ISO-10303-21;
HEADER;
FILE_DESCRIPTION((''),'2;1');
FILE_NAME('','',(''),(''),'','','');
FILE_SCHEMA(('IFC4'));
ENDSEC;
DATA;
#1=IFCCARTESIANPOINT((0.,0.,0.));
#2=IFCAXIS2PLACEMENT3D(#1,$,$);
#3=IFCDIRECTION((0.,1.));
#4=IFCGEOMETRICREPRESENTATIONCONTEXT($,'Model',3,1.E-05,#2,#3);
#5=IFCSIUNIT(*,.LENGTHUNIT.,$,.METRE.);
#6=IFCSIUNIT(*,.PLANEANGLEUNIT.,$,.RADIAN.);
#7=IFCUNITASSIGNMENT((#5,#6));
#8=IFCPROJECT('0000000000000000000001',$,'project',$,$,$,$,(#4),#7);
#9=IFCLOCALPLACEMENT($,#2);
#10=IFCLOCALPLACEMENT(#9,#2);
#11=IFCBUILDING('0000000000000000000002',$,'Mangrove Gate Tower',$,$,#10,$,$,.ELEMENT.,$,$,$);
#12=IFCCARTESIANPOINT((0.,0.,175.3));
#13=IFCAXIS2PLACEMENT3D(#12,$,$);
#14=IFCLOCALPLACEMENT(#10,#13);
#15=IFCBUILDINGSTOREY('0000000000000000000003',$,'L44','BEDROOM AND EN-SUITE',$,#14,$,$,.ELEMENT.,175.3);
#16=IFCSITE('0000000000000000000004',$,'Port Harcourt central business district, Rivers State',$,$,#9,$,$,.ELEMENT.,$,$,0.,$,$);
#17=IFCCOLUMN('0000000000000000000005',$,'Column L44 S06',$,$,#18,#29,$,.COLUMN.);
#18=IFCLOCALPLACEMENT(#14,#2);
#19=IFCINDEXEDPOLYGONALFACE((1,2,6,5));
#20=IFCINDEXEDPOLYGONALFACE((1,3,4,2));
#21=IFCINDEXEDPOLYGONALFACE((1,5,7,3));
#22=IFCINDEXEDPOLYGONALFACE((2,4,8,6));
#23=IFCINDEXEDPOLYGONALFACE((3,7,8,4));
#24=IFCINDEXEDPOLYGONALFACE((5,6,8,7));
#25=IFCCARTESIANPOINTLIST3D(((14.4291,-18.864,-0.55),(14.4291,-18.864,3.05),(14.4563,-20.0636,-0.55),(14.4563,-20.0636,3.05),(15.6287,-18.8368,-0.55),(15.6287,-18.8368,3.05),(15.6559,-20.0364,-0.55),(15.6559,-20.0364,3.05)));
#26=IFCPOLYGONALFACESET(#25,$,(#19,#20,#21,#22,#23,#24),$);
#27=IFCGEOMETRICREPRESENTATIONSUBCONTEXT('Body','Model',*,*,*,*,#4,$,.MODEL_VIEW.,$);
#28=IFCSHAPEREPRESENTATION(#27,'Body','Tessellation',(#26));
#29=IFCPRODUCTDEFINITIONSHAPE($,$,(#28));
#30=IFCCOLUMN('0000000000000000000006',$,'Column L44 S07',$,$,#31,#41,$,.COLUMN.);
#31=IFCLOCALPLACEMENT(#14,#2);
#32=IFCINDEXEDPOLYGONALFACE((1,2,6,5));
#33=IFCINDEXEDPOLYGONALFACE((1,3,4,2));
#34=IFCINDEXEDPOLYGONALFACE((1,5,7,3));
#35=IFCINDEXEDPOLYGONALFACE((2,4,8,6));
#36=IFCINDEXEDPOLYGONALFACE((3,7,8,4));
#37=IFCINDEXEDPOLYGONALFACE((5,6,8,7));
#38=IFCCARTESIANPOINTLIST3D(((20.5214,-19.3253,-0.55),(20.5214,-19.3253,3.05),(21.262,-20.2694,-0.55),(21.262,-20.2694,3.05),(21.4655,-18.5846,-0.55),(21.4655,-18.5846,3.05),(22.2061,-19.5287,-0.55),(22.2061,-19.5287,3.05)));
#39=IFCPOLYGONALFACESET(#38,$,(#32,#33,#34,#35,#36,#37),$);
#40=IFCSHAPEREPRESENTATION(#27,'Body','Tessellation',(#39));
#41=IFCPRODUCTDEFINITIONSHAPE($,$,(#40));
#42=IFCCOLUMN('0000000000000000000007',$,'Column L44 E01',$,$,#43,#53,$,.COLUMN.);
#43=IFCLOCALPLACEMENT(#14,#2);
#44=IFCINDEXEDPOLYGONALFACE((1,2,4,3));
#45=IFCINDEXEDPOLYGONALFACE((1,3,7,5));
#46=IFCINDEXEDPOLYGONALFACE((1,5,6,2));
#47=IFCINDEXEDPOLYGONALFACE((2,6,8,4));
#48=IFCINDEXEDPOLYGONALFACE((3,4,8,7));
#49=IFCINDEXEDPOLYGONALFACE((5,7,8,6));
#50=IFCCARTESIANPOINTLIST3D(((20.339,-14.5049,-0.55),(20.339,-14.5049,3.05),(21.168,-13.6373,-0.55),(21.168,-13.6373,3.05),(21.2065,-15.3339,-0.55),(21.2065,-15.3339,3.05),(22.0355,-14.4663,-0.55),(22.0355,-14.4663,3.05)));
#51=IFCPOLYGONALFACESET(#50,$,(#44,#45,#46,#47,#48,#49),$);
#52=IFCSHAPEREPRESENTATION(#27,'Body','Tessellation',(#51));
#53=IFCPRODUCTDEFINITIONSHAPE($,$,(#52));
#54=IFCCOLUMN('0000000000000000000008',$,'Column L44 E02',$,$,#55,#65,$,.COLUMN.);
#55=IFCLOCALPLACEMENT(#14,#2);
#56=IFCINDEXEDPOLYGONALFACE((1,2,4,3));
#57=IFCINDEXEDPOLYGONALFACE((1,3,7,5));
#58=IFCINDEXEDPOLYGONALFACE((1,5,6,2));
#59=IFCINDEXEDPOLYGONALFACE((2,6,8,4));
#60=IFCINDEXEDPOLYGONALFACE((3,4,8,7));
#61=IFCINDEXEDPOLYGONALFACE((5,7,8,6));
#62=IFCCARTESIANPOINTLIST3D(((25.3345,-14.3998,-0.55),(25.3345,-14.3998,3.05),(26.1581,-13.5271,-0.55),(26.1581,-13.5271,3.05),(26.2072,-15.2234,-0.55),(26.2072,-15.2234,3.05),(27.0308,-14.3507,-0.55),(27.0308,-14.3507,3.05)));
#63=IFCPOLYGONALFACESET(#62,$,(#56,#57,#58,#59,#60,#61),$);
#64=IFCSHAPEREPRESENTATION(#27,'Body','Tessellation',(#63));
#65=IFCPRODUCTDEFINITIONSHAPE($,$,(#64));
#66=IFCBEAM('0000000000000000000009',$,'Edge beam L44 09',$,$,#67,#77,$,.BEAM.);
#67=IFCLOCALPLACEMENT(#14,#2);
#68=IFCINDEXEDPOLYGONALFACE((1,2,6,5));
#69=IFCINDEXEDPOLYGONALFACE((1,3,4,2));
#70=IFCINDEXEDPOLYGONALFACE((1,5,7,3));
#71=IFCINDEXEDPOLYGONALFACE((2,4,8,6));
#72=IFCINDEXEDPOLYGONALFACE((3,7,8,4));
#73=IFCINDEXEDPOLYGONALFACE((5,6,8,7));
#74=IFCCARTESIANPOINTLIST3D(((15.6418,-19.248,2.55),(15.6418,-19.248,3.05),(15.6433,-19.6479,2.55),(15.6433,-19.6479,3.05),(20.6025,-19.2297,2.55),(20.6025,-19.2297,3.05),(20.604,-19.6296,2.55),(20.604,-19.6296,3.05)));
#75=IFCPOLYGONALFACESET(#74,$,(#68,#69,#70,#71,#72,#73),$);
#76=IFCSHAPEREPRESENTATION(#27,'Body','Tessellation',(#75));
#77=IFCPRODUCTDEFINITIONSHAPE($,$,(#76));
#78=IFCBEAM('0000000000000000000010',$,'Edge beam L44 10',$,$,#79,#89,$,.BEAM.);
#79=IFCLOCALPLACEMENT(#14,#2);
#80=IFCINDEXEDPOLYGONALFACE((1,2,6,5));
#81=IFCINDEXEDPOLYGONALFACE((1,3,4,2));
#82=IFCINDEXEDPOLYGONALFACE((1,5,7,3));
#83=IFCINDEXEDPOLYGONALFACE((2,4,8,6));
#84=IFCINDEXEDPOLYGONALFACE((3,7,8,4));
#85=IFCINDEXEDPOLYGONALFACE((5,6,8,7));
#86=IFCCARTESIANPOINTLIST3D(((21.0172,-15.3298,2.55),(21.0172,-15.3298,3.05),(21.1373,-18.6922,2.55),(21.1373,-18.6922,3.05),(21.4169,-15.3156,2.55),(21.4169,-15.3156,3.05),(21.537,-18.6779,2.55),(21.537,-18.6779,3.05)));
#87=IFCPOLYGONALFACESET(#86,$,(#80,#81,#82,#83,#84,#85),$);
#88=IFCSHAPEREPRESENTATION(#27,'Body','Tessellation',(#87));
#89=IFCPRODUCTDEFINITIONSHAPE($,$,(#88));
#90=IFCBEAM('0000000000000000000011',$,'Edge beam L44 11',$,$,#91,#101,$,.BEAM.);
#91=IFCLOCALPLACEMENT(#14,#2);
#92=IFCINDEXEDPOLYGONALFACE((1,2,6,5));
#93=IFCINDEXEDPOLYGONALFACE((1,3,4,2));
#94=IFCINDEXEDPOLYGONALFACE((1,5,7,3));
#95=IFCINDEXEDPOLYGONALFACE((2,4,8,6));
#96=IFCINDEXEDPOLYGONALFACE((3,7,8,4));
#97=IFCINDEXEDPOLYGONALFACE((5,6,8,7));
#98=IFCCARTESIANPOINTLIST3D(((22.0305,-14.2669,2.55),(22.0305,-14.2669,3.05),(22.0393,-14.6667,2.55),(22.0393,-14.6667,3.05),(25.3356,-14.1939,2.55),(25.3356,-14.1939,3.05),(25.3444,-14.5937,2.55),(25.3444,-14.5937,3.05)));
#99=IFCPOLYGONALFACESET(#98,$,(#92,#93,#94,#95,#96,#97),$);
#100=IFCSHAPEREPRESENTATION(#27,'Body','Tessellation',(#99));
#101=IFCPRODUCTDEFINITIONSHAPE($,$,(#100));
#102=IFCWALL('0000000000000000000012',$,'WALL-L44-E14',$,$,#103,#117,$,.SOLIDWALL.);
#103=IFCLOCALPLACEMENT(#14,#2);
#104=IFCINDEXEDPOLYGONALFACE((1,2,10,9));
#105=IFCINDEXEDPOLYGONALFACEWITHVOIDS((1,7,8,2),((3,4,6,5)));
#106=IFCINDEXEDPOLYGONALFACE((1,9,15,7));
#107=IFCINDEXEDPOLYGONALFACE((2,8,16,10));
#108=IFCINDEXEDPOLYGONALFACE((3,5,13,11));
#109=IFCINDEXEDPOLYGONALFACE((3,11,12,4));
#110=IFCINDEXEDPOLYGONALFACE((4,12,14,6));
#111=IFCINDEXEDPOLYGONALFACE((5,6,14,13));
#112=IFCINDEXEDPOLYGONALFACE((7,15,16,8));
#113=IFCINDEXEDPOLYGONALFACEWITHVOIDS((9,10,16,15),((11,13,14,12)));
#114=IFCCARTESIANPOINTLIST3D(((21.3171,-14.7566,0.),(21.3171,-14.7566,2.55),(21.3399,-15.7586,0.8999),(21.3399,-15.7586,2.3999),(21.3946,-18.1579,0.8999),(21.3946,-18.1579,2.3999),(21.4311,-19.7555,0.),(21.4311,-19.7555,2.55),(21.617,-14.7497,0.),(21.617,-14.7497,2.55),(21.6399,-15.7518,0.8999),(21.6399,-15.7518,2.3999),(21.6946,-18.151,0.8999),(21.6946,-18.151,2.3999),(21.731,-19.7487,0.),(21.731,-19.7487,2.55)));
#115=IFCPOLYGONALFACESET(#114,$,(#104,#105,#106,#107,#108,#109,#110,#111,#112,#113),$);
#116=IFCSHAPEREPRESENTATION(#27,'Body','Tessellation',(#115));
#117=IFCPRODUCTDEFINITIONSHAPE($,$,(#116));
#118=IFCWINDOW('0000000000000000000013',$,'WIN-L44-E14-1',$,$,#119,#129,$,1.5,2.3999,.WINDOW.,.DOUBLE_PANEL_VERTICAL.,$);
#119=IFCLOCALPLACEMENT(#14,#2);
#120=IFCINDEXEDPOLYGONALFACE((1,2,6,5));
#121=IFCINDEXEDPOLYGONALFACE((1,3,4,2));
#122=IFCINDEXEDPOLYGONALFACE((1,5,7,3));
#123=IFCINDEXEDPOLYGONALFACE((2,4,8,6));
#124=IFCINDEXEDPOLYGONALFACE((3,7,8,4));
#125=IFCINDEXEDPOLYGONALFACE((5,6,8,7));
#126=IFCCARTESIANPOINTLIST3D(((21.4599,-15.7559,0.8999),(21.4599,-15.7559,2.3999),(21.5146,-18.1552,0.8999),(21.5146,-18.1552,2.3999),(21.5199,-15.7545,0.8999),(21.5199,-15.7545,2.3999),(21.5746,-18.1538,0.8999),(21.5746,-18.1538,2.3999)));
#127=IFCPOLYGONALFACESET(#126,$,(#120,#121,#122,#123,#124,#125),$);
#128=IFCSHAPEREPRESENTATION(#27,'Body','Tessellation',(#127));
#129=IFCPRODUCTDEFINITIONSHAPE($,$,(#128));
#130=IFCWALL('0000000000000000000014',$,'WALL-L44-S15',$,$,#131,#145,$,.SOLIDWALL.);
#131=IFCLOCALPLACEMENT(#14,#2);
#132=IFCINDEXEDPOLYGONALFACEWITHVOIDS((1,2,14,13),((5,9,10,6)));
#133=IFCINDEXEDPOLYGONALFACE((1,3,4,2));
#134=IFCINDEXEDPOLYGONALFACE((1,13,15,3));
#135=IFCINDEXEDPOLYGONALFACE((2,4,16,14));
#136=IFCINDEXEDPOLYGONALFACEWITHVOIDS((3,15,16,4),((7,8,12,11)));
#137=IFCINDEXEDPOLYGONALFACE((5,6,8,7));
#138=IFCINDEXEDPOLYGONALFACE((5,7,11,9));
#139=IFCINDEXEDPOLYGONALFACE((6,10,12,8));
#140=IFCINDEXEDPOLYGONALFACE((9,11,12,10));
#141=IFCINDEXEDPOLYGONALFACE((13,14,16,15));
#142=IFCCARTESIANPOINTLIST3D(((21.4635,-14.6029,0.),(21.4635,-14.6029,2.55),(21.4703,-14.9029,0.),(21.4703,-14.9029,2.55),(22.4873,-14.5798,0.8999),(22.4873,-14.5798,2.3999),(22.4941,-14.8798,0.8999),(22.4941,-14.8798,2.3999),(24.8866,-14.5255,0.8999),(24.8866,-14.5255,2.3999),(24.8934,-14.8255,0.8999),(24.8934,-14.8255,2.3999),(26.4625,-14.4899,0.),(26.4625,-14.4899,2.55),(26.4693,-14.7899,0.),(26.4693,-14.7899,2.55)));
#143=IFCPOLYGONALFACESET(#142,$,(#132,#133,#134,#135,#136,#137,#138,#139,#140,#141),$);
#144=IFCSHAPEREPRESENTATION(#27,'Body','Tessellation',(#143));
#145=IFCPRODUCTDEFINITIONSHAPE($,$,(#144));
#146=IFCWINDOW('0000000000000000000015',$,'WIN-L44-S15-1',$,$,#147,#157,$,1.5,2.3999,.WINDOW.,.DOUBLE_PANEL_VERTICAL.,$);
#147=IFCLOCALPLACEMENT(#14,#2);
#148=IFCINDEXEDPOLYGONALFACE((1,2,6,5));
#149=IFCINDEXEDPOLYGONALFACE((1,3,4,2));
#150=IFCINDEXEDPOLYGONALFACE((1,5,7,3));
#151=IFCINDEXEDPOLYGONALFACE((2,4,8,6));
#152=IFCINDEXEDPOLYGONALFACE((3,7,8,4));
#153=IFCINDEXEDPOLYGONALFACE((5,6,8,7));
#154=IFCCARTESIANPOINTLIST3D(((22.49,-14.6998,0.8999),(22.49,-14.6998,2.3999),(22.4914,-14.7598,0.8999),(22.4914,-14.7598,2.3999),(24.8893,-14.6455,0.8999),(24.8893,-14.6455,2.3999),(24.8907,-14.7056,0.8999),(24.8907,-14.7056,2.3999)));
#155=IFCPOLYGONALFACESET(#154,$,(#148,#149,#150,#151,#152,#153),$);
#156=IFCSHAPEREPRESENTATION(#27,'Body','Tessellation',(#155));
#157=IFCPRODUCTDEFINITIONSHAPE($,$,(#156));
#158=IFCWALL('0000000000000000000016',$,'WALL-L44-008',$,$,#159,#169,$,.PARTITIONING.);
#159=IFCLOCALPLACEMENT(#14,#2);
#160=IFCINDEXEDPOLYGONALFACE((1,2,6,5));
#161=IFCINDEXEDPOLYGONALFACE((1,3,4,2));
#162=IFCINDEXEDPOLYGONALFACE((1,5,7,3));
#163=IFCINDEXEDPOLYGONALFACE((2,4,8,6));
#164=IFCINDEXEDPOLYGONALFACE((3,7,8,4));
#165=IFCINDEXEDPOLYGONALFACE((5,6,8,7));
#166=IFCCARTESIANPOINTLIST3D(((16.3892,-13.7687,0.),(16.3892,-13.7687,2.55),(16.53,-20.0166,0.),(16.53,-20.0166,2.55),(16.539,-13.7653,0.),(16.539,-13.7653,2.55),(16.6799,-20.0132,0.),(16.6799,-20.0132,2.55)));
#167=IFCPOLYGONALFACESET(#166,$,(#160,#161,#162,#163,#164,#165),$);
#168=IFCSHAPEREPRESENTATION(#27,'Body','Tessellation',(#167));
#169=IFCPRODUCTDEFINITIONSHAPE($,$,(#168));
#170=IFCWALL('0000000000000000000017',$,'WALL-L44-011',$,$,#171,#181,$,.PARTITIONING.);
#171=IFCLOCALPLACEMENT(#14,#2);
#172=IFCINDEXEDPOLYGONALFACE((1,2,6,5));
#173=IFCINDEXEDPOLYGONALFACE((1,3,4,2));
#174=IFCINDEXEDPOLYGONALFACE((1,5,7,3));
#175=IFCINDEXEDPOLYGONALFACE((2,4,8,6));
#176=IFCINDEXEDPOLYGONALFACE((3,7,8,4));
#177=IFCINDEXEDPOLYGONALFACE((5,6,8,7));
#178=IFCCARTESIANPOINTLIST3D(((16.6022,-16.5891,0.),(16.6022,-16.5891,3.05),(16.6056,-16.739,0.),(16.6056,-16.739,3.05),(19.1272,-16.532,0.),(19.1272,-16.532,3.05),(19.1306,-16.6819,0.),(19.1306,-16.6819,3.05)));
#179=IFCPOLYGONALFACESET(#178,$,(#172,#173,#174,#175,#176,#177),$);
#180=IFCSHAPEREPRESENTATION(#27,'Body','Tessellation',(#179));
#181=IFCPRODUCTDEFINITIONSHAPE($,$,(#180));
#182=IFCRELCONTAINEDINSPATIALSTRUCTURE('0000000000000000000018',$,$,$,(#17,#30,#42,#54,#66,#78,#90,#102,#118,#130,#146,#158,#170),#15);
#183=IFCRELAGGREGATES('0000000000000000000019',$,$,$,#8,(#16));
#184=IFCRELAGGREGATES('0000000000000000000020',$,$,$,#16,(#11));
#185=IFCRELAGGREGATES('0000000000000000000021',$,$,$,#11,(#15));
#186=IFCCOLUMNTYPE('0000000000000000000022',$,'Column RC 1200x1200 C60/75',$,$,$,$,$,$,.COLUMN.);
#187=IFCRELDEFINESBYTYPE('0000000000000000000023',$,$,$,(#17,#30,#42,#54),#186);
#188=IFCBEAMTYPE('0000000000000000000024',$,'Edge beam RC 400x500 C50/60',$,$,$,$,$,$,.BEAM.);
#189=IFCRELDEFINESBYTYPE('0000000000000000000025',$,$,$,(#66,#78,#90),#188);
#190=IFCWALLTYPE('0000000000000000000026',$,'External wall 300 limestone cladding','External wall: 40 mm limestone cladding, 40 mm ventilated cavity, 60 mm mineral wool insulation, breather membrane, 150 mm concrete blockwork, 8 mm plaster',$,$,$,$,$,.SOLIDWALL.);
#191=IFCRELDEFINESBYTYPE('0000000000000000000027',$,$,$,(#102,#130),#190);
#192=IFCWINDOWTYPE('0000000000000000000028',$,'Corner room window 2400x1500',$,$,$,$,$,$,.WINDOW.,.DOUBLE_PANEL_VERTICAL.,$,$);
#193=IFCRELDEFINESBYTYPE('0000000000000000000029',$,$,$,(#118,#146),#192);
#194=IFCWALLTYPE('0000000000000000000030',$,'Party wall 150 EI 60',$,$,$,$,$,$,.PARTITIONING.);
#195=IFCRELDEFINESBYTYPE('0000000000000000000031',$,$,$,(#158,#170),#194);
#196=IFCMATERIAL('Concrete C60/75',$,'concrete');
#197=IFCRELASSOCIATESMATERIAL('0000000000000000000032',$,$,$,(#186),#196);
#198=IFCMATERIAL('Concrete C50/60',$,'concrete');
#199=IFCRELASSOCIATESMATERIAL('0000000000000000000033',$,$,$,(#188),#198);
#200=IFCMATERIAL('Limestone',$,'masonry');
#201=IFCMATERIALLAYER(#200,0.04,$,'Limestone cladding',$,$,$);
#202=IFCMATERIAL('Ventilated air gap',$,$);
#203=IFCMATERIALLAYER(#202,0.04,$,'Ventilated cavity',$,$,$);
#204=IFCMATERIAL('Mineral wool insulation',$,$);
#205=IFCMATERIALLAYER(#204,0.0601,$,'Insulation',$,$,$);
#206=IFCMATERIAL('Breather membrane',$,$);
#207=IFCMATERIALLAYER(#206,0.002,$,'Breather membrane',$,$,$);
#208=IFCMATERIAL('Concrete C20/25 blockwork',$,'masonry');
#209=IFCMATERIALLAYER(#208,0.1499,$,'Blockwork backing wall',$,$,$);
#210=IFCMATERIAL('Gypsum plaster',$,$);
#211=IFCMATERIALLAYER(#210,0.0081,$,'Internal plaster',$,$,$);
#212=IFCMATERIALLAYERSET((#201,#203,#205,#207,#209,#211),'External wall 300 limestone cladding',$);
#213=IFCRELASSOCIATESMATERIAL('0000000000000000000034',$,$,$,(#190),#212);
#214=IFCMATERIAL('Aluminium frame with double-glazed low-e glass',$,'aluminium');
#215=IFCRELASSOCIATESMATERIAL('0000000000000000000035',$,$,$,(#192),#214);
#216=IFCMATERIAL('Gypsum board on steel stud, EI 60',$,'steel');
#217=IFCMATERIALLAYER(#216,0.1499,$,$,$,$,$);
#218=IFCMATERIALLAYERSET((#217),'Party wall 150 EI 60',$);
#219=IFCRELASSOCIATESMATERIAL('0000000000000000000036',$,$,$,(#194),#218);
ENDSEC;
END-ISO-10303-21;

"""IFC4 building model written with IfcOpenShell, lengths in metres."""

from ifc_helpers import new_model, si_unit, direction, frame, frame_2d, origin, origin_2d, place, context, subcontext, project, spatial, rectangle, extrude, material, layer, layer_set, material_profile, profile_set, type_object, element, fill, save


model = new_model("IFC4")

# Units and contexts
model_context = context("Model", 3, precision=1e-05, world=origin(), true_north=direction((0.0, 1.0)))
body_context = subcontext(model_context, "Body", "Model", "MODEL_VIEW")
ifc_project = project(units=[si_unit("LENGTHUNIT", "METRE"), si_unit("PLANEANGLEUNIT", "RADIAN")], contexts=[model_context])

# Site, building, storey
site_placement = place(None, origin())
site = spatial("IfcSite", under=ifc_project, at=site_placement, Name="Port Harcourt central business district, Rivers State", CompositionType="ELEMENT", RefElevation=0.0)
building_placement = place(site_placement, origin())
building = spatial("IfcBuilding", under=site, at=building_placement, Name="Mangrove Gate Tower", CompositionType="ELEMENT")
storey_placement = place(building_placement, frame((0.0, 0.0, 175.3)))
storey = spatial("IfcBuildingStorey", under=building, at=storey_placement, Name="L44", Description="BEDROOM AND EN-SUITE", CompositionType="ELEMENT", Elevation=175.3)

# Columns
ifc_material_1 = material(Name="Concrete C60/75", Category="concrete")
ifc_material_profile_1 = material_profile(ifc_material_1, rectangle(XDim=1.2, YDim=1.2, at=origin_2d()))
ifc_profile_set_1 = profile_set([ifc_material_profile_1], Name="Concrete C60/75")
column_type = type_object("IfcColumnType", Name="Column RC 1200x1200 C60/75", PredefinedType="COLUMN", material=ifc_profile_set_1)
for number, where, z_axis, x_axis, name in (
    (1, (15.0425, -19.4502, -0.55), (0.0, 0.0, 1.0), (0.999743, 0.022681, 0.0), "Column L44 S06"),
    (2, (21.3638, -19.427, -0.55), (0.0, 0.0, 1.0), (0.786796, 0.617213, 0.0), "Column L44 S07"),
    (3, (21.1873, -14.4856, -0.55), (0.0, 0.0, 1.0), (0.690873, 0.722977, 0.0), "Column L44 E01"),
    (4, (26.1826, -14.3752, -0.55), (0.0, 0.0, 1.0), (0.686359, 0.727263, 0.0), "Column L44 E02"),
):
    element("IfcColumn", number, at=place(storey_placement, frame(where, z_axis=z_axis, x_axis=x_axis)), inside=storey, type_object=column_type, Name=name, PredefinedType="COLUMN", context=body_context, shape_type="SweptSolid", body=[
        extrude(rectangle(XDim=1.2, YDim=1.2, at=origin_2d()), origin(), (0.0, 0.0, 1.0), 3.6001),
    ])

# Beams
ifc_material_2 = material(Name="Concrete C50/60", Category="concrete")
ifc_material_profile_2 = material_profile(ifc_material_2, rectangle(XDim=0.3999, YDim=0.5, at=origin_2d()))
ifc_profile_set_2 = profile_set([ifc_material_profile_2], Name="Concrete C50/60")
beam_type = type_object("IfcBeamType", Name="Edge beam RC 400x500 C50/60", PredefinedType="BEAM", material=ifc_profile_set_2)
beam_1_placement = place(storey_placement, frame((15.6426, -19.448, 2.8), z_axis=(0.999993, 0.003691, 0.0), x_axis=(-0.003691, 0.999993, 0.0)))
element("IfcBeam", 5, at=beam_1_placement, inside=storey, type_object=beam_type, Name="Edge beam L44 09", PredefinedType="BEAM", context=body_context, shape_type="SweptSolid", body=[
    extrude(rectangle(XDim=0.3999, YDim=0.5, at=origin_2d()), origin(), (0.0, 0.0, 1.0), 4.9607),
])
beam_2_placement = place(storey_placement, frame((21.3372, -18.6851, 2.8), z_axis=(-0.035702, 0.999362, 0.0), x_axis=(-0.999362, -0.035702, 0.0)))
element("IfcBeam", 6, at=beam_2_placement, inside=storey, type_object=beam_type, Name="Edge beam L44 10", PredefinedType="BEAM", context=body_context, shape_type="SweptSolid", body=[
    extrude(rectangle(XDim=0.3999, YDim=0.5, at=origin_2d()), origin(), (0.0, 0.0, 1.0), 3.3645),
])
beam_3_placement = place(storey_placement, frame((22.0349, -14.4668, 2.8), z_axis=(0.999756, 0.022081, 0.0), x_axis=(-0.022081, 0.999756, 0.0)))
element("IfcBeam", 7, at=beam_3_placement, inside=storey, type_object=beam_type, Name="Edge beam L44 11", PredefinedType="BEAM", context=body_context, shape_type="SweptSolid", body=[
    extrude(rectangle(XDim=0.3999, YDim=0.5, at=origin_2d()), origin(), (0.0, 0.0, 1.0), 3.3059),
])

# Shared definitions
ifc_material_3 = material(Name="Limestone", Category="masonry")
ifc_layer_1 = layer(ifc_material_3, 0.04, Name="Limestone cladding")
ifc_material_4 = material(Name="Ventilated air gap")
ifc_layer_2 = layer(ifc_material_4, 0.04, Name="Ventilated cavity")
ifc_material_5 = material(Name="Mineral wool insulation")
ifc_layer_3 = layer(ifc_material_5, 0.0601, Name="Insulation")
ifc_material_6 = material(Name="Breather membrane")
ifc_layer_4 = layer(ifc_material_6, 0.002, Name="Breather membrane")
ifc_material_7 = material(Name="Concrete C20/25 blockwork", Category="masonry")
ifc_layer_5 = layer(ifc_material_7, 0.1499, Name="Blockwork backing wall")
ifc_material_8 = material(Name="Gypsum plaster")
ifc_layer_6 = layer(ifc_material_8, 0.0081, Name="Internal plaster")
ifc_layer_set_1 = layer_set([ifc_layer_1, ifc_layer_2, ifc_layer_3, ifc_layer_4, ifc_layer_5, ifc_layer_6], Name="External wall 300 limestone cladding")
wall_type_1 = type_object("IfcWallType", Name="External wall 300 limestone cladding", Description="External wall: 40 mm limestone cladding, 40 mm ventilated cavity, 60 mm mineral wool insulation, breather membrane, 150 mm concrete blockwork, 8 mm plaster", PredefinedType="SOLIDWALL", material=ifc_layer_set_1)

# Walls, openings, windows
wall_1_placement = place(storey_placement, frame((21.5811, -19.752, 0.0), z_axis=(0.0, 0.0, 1.0), x_axis=(-0.022801, 0.99974, 0.0)))
wall_1 = element("IfcWall", 8, at=wall_1_placement, inside=storey, type_object=wall_type_1, Name="WALL-L44-E14", PredefinedType="SOLIDWALL", context=body_context, shape_type="SweptSolid", body=[
    extrude(rectangle(XDim=5.0002, YDim=0.3, at=frame_2d((2.5, 0.0))), origin(), (0.0, 0.0, 1.0), 2.55),
])
opening_1_placement = place(wall_1_placement, frame((1.5979, 0.0, 0.8999)))
opening_1 = element("IfcOpeningElement", 9, at=opening_1_placement, cuts=wall_1, PredefinedType="OPENING", context=body_context, shape_type="SweptSolid", body=[
    extrude(rectangle(XDim=2.3999, YDim=1.5, at=frame_2d((1.2, 0.75))), frame((0.0, 0.1599, 0.0), z_axis=(0.0, -1.0, 0.0), x_axis=(1.0, 0.0, 0.0)), (0.0, 0.0, 1.0), 0.3201),
])
ifc_material_9 = material(Name="Aluminium frame with double-glazed low-e glass", Category="aluminium")
window_type_1 = type_object("IfcWindowType", Name="Corner room window 2400x1500", PartitioningType="DOUBLE_PANEL_VERTICAL", PredefinedType="WINDOW", material=ifc_material_9)
window_1_placement = place(opening_1_placement, origin())
window_1 = element("IfcWindow", 10, at=window_1_placement, inside=storey, type_object=window_type_1, Name="WIN-L44-E14-1", OverallHeight=1.5, OverallWidth=2.3999, PartitioningType="DOUBLE_PANEL_VERTICAL", PredefinedType="WINDOW", context=body_context, shape_type="SweptSolid", body=[
    extrude(rectangle(XDim=2.3999, YDim=1.5, at=frame_2d((1.2, 0.75))), frame((0.0, 0.03, 0.0), z_axis=(0.0, -1.0, 0.0), x_axis=(1.0, 0.0, 0.0)), (0.0, 0.0, 1.0), 0.0601),
])
fill(opening_1, window_1)
wall_2_placement = place(storey_placement, frame((21.467, -14.7529, 0.0), z_axis=(0.0, 0.0, 1.0), x_axis=(0.999744, 0.022606, 0.0)))
wall_2 = element("IfcWall", 11, at=wall_2_placement, inside=storey, type_object=wall_type_1, Name="WALL-L44-S15", PredefinedType="SOLIDWALL", context=body_context, shape_type="SweptSolid", body=[
    extrude(rectangle(XDim=5.0002, YDim=0.3, at=frame_2d((2.5, 0.0))), origin(), (0.0, 0.0, 1.0), 2.55),
])
opening_2_placement = place(wall_2_placement, frame((1.0239, 0.0, 0.8999)))
opening_2 = element("IfcOpeningElement", 12, at=opening_2_placement, cuts=wall_2, PredefinedType="OPENING", context=body_context, shape_type="SweptSolid", body=[
    extrude(rectangle(XDim=2.3999, YDim=1.5, at=frame_2d((1.2, 0.75))), frame((0.0, 0.1599, 0.0), z_axis=(0.0, -1.0, 0.0), x_axis=(1.0, 0.0, 0.0)), (0.0, 0.0, 1.0), 0.3201),
])
window_2_placement = place(opening_2_placement, origin())
window_2 = element("IfcWindow", 13, at=window_2_placement, inside=storey, type_object=window_type_1, Name="WIN-L44-S15-1", OverallHeight=1.5, OverallWidth=2.3999, PartitioningType="DOUBLE_PANEL_VERTICAL", PredefinedType="WINDOW", context=body_context, shape_type="SweptSolid", body=[
    extrude(rectangle(XDim=2.3999, YDim=1.5, at=frame_2d((1.2, 0.75))), frame((0.0, 0.03, 0.0), z_axis=(0.0, -1.0, 0.0), x_axis=(1.0, 0.0, 0.0)), (0.0, 0.0, 1.0), 0.0601),
])
fill(opening_2, window_2)

# Walls
ifc_material_10 = material(Name="Gypsum board on steel stud, EI 60", Category="steel")
ifc_layer_7 = layer(ifc_material_10, 0.1499)
ifc_layer_set_2 = layer_set([ifc_layer_7], Name="Party wall 150 EI 60")
wall_type_2 = type_object("IfcWallType", Name="Party wall 150 EI 60", PredefinedType="PARTITIONING", material=ifc_layer_set_2)
wall_3_placement = place(storey_placement, frame((16.605, -20.0149, 0.0), z_axis=(0.0, 0.0, 1.0), x_axis=(-0.022541, 0.999746, 0.0)))
element("IfcWall", 14, at=wall_3_placement, inside=storey, type_object=wall_type_2, Name="WALL-L44-008", PredefinedType="PARTITIONING", context=body_context, shape_type="SweptSolid", body=[
    extrude(rectangle(XDim=6.2495, YDim=0.1499, at=frame_2d((3.1248, 0.0))), origin(), (0.0, 0.0, 1.0), 2.55),
])
wall_4_placement = place(storey_placement, frame((16.604, -16.6641, 0.0), z_axis=(0.0, 0.0, 1.0), x_axis=(0.999744, 0.02262, 0.0)))
element("IfcWall", 15, at=wall_4_placement, inside=storey, type_object=wall_type_2, Name="WALL-L44-011", PredefinedType="PARTITIONING", context=body_context, shape_type="SweptSolid", body=[
    extrude(rectangle(XDim=2.5256, YDim=0.1499, at=frame_2d((1.2627, 0.0))), origin(), (0.0, 0.0, 1.0), 3.05),
])

save(model, "model.ifc")
